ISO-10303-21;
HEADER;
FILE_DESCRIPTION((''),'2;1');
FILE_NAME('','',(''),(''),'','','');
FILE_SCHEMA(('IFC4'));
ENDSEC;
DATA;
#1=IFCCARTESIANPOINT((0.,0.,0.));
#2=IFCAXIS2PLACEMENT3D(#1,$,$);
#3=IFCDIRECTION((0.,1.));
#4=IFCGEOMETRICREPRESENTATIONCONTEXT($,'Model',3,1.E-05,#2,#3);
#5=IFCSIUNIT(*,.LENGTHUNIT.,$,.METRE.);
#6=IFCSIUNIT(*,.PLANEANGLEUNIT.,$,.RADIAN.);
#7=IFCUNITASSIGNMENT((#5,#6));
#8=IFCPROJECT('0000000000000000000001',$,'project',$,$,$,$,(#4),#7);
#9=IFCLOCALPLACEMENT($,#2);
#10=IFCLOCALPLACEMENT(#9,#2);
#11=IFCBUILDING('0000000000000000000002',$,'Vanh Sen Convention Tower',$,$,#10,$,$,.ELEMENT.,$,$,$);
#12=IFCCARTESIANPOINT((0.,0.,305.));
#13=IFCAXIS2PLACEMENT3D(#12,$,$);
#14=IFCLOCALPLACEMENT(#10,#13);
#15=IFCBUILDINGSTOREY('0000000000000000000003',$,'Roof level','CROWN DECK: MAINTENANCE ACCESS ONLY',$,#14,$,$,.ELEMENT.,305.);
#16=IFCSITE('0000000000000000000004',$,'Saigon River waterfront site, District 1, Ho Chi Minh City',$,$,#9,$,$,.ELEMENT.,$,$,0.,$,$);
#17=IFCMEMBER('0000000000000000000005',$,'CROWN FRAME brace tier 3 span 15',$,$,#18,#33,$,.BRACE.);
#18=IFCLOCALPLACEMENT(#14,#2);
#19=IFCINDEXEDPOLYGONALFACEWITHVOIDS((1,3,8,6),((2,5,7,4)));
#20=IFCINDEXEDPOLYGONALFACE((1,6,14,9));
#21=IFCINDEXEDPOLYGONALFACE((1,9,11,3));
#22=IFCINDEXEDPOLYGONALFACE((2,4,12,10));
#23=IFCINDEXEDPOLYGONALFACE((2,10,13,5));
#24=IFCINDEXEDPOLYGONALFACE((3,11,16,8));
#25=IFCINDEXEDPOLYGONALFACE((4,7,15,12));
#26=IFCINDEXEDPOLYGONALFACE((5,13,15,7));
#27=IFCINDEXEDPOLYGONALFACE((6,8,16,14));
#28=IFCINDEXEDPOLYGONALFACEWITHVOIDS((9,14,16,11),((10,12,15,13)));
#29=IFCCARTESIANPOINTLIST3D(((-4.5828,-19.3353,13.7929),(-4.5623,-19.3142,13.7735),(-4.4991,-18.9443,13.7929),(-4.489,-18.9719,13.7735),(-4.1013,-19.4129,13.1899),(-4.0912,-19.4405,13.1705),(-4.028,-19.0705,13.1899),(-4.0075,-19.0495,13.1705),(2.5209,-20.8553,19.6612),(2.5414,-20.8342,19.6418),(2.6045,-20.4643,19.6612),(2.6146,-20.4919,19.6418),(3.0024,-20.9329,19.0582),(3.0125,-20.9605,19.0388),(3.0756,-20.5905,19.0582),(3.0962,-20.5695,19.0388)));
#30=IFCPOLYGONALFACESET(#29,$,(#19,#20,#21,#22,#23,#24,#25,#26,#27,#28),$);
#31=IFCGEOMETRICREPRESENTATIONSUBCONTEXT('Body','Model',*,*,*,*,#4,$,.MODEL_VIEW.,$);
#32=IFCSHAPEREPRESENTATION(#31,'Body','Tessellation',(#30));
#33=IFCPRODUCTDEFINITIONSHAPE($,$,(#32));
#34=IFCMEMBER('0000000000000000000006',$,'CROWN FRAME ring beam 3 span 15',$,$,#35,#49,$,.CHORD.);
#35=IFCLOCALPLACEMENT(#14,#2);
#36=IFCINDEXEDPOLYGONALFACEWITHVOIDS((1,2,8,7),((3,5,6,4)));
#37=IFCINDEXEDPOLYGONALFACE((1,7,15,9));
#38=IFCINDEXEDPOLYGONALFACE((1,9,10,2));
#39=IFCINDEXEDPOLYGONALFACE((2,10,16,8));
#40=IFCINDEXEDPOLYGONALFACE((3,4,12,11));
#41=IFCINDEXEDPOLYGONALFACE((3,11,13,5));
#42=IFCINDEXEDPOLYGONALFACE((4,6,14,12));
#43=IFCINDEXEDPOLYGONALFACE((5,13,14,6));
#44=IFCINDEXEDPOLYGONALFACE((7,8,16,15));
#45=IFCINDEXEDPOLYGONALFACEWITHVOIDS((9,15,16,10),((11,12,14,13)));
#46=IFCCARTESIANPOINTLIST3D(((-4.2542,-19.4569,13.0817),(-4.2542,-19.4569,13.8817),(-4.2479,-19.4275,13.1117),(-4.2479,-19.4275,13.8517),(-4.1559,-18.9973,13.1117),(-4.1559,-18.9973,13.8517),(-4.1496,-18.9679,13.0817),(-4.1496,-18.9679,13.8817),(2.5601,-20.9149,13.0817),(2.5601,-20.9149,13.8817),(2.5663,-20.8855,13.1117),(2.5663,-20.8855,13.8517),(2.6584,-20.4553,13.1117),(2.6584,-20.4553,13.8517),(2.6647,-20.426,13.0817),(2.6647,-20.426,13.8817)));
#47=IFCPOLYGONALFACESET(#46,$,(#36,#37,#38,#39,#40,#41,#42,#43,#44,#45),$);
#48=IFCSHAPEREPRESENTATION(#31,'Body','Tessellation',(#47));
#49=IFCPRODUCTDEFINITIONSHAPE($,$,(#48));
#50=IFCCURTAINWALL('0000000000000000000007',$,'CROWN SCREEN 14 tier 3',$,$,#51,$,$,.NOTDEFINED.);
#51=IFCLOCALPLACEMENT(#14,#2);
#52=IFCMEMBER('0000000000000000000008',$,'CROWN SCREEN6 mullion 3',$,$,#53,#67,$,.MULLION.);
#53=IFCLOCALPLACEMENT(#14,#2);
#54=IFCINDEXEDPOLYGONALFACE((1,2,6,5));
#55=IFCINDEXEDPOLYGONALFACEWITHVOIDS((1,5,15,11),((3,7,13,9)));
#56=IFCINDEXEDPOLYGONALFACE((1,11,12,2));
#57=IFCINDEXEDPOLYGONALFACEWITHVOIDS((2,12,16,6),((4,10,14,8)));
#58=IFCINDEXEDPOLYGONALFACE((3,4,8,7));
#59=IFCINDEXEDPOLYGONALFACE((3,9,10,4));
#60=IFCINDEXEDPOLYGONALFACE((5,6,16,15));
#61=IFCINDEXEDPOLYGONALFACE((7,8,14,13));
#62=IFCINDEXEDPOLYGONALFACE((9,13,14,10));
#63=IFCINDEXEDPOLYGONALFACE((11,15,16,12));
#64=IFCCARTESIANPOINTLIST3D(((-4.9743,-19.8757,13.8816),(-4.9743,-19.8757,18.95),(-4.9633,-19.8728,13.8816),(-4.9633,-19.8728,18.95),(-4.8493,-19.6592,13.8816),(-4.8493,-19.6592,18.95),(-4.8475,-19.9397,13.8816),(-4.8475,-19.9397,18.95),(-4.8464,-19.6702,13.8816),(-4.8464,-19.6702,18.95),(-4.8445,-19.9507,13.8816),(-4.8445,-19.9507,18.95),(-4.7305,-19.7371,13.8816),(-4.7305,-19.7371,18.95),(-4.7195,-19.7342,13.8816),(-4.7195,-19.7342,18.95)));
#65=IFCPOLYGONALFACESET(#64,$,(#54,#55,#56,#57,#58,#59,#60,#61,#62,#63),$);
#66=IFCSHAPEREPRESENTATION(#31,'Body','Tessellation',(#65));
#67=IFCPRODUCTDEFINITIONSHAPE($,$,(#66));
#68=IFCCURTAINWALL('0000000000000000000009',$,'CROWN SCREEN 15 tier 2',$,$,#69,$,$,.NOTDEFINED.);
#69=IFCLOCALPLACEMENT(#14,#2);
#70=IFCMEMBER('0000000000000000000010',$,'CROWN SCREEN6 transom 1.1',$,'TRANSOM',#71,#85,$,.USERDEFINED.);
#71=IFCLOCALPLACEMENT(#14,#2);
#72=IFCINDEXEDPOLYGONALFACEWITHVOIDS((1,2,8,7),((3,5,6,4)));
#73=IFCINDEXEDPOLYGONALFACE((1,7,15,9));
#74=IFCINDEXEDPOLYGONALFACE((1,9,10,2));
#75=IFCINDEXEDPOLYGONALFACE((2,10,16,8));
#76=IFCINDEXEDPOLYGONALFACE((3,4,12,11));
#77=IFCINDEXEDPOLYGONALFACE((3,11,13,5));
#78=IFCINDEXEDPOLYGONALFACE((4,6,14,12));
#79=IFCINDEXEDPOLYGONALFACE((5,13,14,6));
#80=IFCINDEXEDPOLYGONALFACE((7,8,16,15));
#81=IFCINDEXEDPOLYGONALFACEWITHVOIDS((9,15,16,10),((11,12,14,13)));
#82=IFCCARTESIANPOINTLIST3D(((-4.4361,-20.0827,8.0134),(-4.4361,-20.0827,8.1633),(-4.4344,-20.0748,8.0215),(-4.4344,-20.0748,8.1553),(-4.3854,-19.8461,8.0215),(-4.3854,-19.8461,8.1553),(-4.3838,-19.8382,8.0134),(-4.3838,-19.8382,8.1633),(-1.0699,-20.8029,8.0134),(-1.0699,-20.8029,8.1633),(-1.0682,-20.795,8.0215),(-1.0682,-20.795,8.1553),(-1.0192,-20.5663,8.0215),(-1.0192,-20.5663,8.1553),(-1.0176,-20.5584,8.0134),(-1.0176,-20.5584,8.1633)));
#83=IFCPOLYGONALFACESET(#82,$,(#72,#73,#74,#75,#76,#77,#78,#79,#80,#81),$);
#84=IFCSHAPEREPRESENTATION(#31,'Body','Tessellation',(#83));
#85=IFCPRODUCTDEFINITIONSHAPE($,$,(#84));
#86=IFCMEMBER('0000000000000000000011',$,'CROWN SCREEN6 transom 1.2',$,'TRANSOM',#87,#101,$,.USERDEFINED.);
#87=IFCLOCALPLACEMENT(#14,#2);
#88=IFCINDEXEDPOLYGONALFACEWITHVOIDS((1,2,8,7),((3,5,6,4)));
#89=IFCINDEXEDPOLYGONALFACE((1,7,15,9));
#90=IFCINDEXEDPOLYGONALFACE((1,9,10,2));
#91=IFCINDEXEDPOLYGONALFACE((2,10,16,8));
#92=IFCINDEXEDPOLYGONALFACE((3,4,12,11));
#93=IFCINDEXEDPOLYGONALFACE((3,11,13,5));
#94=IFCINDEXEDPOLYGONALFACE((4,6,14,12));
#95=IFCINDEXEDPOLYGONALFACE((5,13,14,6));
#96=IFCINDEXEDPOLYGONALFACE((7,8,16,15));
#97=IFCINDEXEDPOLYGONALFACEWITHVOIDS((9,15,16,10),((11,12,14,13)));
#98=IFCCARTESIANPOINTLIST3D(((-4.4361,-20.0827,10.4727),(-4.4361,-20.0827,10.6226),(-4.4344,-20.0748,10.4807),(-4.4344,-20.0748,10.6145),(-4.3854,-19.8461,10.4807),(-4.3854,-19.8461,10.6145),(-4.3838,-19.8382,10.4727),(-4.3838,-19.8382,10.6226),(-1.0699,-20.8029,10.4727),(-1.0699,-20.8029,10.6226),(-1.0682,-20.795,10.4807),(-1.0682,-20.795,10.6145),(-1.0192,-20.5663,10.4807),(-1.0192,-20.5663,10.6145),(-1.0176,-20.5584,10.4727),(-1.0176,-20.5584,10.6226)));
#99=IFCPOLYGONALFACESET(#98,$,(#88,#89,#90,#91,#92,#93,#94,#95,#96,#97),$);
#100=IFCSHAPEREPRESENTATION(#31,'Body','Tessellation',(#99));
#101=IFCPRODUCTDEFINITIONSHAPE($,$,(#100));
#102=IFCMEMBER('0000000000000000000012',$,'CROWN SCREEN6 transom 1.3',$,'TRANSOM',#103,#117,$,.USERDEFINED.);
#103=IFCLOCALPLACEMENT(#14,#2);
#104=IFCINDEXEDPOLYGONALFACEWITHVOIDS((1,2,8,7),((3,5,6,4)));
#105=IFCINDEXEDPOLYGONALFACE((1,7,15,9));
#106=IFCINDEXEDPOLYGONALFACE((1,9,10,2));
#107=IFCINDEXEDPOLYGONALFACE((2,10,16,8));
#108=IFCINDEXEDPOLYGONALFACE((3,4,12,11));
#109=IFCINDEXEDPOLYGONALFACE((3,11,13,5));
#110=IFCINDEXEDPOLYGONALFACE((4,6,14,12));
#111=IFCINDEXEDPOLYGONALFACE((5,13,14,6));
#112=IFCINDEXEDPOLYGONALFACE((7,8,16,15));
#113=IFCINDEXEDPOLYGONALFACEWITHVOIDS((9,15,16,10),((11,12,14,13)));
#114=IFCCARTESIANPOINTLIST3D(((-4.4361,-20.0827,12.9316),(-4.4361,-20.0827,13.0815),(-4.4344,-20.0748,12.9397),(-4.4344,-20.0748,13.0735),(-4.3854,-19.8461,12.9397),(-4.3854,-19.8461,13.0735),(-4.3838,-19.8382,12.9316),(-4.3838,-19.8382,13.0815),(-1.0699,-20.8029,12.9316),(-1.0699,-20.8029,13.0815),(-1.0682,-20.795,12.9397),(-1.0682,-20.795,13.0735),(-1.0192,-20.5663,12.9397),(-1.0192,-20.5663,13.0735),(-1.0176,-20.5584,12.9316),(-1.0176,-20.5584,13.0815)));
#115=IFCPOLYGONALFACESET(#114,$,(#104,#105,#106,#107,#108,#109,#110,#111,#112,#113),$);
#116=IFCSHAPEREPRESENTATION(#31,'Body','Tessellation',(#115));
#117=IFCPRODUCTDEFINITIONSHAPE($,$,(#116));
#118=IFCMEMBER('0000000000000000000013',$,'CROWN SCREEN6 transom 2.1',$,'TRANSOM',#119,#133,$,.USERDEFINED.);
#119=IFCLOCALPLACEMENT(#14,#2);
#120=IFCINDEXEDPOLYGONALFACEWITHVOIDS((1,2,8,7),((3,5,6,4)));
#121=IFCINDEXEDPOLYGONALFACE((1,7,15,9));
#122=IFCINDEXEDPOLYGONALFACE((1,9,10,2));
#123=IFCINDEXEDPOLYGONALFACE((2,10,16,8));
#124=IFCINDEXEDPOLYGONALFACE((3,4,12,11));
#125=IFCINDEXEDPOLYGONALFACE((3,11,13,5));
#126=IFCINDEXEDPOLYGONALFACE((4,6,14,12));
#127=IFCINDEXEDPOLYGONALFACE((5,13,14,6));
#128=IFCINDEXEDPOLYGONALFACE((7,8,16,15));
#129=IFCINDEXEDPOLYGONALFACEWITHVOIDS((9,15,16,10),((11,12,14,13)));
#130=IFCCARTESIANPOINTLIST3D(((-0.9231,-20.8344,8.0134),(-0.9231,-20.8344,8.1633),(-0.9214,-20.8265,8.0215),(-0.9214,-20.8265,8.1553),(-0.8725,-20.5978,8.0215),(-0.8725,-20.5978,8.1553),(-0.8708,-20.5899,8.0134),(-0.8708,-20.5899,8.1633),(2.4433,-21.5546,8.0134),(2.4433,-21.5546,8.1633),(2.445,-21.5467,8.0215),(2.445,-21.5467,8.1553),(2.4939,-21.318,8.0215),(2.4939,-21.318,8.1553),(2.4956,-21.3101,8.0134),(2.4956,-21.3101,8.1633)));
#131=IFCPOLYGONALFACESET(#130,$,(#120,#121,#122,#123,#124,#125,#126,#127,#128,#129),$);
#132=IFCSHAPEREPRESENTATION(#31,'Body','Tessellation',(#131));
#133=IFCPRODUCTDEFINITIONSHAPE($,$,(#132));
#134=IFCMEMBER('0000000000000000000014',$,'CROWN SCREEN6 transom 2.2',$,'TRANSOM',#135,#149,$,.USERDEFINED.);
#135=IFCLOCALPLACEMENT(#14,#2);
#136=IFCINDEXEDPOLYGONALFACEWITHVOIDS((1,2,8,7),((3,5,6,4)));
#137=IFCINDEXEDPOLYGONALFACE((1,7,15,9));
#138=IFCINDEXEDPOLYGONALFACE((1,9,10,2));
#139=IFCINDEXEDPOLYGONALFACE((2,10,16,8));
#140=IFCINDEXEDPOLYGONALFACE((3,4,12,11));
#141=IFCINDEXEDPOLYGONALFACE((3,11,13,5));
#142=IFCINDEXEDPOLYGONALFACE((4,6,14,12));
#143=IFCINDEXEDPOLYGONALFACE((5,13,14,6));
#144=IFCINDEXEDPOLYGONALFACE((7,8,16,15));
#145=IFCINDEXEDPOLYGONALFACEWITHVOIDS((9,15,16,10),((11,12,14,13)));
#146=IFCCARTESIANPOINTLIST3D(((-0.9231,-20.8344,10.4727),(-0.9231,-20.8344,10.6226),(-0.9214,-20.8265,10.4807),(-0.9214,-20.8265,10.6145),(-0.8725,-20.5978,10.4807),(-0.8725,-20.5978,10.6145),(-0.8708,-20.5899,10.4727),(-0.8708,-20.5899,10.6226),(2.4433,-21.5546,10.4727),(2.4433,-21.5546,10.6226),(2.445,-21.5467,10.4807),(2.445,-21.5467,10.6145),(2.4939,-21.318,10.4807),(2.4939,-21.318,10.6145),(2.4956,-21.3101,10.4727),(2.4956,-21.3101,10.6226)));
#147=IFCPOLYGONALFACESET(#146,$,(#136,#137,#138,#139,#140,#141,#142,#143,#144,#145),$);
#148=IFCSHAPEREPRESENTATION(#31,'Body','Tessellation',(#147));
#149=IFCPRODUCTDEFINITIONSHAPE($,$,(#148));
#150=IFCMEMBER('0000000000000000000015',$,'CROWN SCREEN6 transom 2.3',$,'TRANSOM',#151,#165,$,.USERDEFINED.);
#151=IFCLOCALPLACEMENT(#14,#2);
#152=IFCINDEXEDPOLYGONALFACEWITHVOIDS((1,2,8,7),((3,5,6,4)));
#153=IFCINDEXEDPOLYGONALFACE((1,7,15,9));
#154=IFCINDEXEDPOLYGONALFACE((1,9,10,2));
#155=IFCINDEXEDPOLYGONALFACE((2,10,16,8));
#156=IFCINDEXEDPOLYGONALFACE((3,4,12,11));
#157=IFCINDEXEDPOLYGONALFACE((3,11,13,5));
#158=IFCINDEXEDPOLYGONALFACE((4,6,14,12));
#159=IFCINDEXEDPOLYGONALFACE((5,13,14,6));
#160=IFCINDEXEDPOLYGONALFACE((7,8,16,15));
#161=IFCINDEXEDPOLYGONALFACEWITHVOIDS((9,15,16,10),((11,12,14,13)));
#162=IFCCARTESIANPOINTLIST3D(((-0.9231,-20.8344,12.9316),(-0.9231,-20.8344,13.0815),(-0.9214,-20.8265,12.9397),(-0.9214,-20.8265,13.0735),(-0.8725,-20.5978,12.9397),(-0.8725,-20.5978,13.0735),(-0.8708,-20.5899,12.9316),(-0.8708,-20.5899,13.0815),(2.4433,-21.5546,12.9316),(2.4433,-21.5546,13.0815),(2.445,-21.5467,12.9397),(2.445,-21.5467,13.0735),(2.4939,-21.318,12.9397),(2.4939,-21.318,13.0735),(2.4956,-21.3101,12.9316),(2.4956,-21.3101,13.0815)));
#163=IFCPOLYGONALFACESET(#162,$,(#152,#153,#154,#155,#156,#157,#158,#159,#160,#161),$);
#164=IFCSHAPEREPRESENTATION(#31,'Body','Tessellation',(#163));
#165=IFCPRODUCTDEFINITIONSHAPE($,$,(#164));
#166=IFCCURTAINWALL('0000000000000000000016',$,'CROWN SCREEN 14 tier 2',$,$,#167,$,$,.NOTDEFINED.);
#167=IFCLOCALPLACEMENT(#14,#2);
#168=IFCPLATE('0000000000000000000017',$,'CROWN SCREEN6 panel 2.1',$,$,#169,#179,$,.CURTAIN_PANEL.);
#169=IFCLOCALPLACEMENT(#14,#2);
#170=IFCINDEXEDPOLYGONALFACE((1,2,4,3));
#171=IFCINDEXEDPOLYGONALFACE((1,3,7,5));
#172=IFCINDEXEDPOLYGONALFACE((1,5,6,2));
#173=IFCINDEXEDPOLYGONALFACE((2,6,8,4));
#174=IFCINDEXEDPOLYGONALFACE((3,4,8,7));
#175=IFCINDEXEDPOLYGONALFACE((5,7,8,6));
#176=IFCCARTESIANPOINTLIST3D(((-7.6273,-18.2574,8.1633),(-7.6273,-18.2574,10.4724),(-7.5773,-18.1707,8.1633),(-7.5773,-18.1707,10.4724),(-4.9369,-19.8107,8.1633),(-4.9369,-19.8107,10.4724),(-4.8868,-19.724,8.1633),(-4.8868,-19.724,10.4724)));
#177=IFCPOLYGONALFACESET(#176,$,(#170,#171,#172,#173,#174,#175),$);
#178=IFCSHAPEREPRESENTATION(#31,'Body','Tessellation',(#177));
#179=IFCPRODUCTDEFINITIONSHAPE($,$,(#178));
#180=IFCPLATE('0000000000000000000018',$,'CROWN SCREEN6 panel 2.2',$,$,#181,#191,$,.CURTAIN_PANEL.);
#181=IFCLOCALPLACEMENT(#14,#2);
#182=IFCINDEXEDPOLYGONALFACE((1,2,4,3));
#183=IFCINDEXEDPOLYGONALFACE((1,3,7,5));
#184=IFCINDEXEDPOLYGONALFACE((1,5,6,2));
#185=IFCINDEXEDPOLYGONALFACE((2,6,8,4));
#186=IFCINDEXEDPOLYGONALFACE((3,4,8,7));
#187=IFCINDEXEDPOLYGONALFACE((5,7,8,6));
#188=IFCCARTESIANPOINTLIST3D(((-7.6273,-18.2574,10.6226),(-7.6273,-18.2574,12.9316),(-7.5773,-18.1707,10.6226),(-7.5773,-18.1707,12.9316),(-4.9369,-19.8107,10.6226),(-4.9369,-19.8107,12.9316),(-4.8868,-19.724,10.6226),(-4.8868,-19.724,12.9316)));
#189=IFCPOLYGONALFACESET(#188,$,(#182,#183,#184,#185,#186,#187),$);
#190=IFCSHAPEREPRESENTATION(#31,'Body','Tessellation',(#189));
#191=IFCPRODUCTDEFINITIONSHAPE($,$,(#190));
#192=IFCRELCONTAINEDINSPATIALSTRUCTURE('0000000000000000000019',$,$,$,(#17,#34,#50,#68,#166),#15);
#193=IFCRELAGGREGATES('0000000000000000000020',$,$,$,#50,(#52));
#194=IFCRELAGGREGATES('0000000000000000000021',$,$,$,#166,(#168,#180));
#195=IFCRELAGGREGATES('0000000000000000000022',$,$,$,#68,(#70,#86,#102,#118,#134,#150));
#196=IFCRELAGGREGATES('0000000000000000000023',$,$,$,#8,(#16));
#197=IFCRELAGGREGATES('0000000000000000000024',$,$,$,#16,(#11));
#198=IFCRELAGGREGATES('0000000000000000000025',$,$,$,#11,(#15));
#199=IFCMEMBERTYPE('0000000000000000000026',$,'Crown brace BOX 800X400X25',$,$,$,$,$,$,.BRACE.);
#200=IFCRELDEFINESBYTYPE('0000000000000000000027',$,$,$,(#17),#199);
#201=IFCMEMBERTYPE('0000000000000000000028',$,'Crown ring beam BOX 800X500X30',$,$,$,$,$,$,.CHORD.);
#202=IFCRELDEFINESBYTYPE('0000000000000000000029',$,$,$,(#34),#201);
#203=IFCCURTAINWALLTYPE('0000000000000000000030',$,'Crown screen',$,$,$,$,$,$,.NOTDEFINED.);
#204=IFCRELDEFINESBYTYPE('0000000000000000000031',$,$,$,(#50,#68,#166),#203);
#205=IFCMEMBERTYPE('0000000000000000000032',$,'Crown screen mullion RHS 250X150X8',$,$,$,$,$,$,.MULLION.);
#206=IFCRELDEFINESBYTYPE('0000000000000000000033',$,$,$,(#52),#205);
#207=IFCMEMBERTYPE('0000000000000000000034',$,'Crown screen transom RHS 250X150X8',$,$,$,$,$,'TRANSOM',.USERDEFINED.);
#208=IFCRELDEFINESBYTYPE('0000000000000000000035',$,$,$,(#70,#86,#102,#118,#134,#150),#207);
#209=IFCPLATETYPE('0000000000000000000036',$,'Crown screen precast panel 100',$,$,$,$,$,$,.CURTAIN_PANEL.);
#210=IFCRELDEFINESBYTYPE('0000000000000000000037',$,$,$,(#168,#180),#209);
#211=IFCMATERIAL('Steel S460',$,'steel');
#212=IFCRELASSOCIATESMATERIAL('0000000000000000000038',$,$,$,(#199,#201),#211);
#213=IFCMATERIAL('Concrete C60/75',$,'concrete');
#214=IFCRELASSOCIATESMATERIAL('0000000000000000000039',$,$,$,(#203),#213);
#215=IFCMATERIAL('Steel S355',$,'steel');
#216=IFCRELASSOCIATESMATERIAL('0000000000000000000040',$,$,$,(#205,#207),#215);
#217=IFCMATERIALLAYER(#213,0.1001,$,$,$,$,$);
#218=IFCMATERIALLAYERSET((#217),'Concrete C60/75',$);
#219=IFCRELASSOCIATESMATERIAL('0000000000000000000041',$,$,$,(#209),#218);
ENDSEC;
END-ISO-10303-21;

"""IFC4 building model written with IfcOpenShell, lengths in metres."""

from ifc_helpers import new_model, si_unit, direction, frame, origin, origin_2d, place, context, subcontext, project, spatial, rectangle, hollow_rectangle, extrude, material, layer, layer_set, material_profile, profile_set, type_object, element, aggregate, save


model = new_model("IFC4")

# Units and contexts
model_context = context("Model", 3, precision=1e-05, world=origin(), true_north=direction((0.0, 1.0)))
body_context = subcontext(model_context, "Body", "Model", "MODEL_VIEW")
ifc_project = project(units=[si_unit("LENGTHUNIT", "METRE"), si_unit("PLANEANGLEUNIT", "RADIAN")], contexts=[model_context])

# Site, building, storey
site_placement = place(None, origin())
site = spatial("IfcSite", under=ifc_project, at=site_placement, Name="Saigon River waterfront site, District 1, Ho Chi Minh City", CompositionType="ELEMENT", RefElevation=0.0)
building_placement = place(site_placement, origin())
building = spatial("IfcBuilding", under=site, at=building_placement, Name="Vanh Sen Convention Tower", CompositionType="ELEMENT")
storey_placement = place(building_placement, frame((0.0, 0.0, 305.0)))
storey = spatial("IfcBuildingStorey", under=building, at=storey_placement, Name="Roof level", Description="CROWN DECK: MAINTENANCE ACCESS ONLY", CompositionType="ELEMENT", Elevation=305.0)

# Members
ifc_material_1 = material(Name="Steel S460", Category="steel")
ifc_material_profile_1 = material_profile(ifc_material_1, hollow_rectangle(XDim=0.3999, YDim=0.8, WallThickness=0.0249, at=origin_2d()), Name="BOX 800X400X25")
ifc_profile_set_1 = profile_set([ifc_material_profile_1], Name="Steel S460")
member_type_1 = type_object("IfcMemberType", Name="Crown brace BOX 800X400X25", PredefinedType="BRACE", material=ifc_profile_set_1)
member_1_placement = place(storey_placement, frame((-4.2952, -19.1924, 13.4817), z_axis=(0.760676, -0.162765, 0.628394), x_axis=(0.209238, 0.977865, 0.0)))
element("IfcMember", 1, at=member_1_placement, inside=storey, type_object=member_type_1, Name="CROWN FRAME brace tier 3 span 15", PredefinedType="BRACE", context=body_context, shape_type="SweptSolid", body=[
    extrude(hollow_rectangle(XDim=0.3999, YDim=0.8, WallThickness=0.0249, at=origin_2d()), origin(), (0.0, 0.0, 1.0), 9.3386),
])
ifc_material_profile_2 = material_profile(ifc_material_1, hollow_rectangle(XDim=0.5, YDim=0.8, WallThickness=0.03, at=origin_2d()), Name="BOX 800X500X30")
ifc_profile_set_2 = profile_set([ifc_material_profile_2], Name="Steel S460")
member_type_2 = type_object("IfcMemberType", Name="Crown ring beam BOX 800X500X30", PredefinedType="CHORD", material=ifc_profile_set_2)
member_2_placement = place(storey_placement, frame((-4.2019, -19.2124, 13.4817), z_axis=(0.977866, -0.20923, 0.0), x_axis=(0.20923, 0.977866, 0.0)))
element("IfcMember", 2, at=member_2_placement, inside=storey, type_object=member_type_2, Name="CROWN FRAME ring beam 3 span 15", PredefinedType="CHORD", context=body_context, shape_type="SweptSolid", body=[
    extrude(hollow_rectangle(XDim=0.5, YDim=0.8, WallThickness=0.03, at=origin_2d()), origin(), (0.0, 0.0, 1.0), 6.9685),
])

# Curtain wall, member
ifc_material_2 = material(Name="Concrete C60/75", Category="concrete")
curtain_wall_type = type_object("IfcCurtainWallType", Name="Crown screen", PredefinedType="NOTDEFINED", material=ifc_material_2)
curtain_wall_1_placement = place(storey_placement, origin())
curtain_wall_1 = element("IfcCurtainWall", 3, at=curtain_wall_1_placement, inside=storey, type_object=curtain_wall_type, Name="CROWN SCREEN 14 tier 3", PredefinedType="NOTDEFINED")
ifc_material_3 = material(Name="Steel S355", Category="steel")
ifc_material_profile_3 = material_profile(ifc_material_3, hollow_rectangle(XDim=0.25, YDim=0.1499, WallThickness=0.0081, at=origin_2d()), Name="RHS 250X150X8")
ifc_profile_set_3 = profile_set([ifc_material_profile_3], Name="Steel S355")
member_type_3 = type_object("IfcMemberType", Name="Crown screen mullion RHS 250X150X8", PredefinedType="MULLION", material=ifc_profile_set_3)
member_3_placement = place(storey_placement, frame((-4.8469, -19.8049, 13.8816), z_axis=(0.0, 0.0, 1.0), x_axis=(0.499994, 0.866029, 0.0)))
member_3 = element("IfcMember", 4, at=member_3_placement, type_object=member_type_3, Name="CROWN SCREEN6 mullion 3", PredefinedType="MULLION", context=body_context, shape_type="SweptSolid", body=[
    extrude(hollow_rectangle(XDim=0.25, YDim=0.1499, WallThickness=0.0081, at=origin_2d()), origin(), (0.0, 0.0, 1.0), 5.0684),
])
aggregate(curtain_wall_1, [member_3])

# Curtain wall, members
curtain_wall_2_placement = place(storey_placement, origin())
curtain_wall_2 = element("IfcCurtainWall", 5, at=curtain_wall_2_placement, inside=storey, type_object=curtain_wall_type, Name="CROWN SCREEN 15 tier 2", PredefinedType="NOTDEFINED")
ifc_material_profile_4 = material_profile(ifc_material_3, hollow_rectangle(XDim=0.25, YDim=0.1499, WallThickness=0.0081, at=origin_2d()), Name="RHS 250X150X8")
ifc_profile_set_4 = profile_set([ifc_material_profile_4], Name="Steel S355")
member_type_4 = type_object("IfcMemberType", Name="Crown screen transom RHS 250X150X8", ElementType="TRANSOM", PredefinedType="USERDEFINED", material=ifc_profile_set_4)
member_4_placement = place(storey_placement, frame((-4.4099, -19.9604, 8.0884), z_axis=(0.977869, -0.209219, 0.0), x_axis=(0.209219, 0.977869, 0.0)))
member_4 = element("IfcMember", 6, at=member_4_placement, type_object=member_type_4, Name="CROWN SCREEN6 transom 1.1", ObjectType="TRANSOM", PredefinedType="USERDEFINED", context=body_context, shape_type="SweptSolid", body=[
    extrude(hollow_rectangle(XDim=0.25, YDim=0.1499, WallThickness=0.0081, at=origin_2d()), origin(), (0.0, 0.0, 1.0), 3.4424),
])
member_5_placement = place(storey_placement, frame((-4.4099, -19.9604, 10.5476), z_axis=(0.977869, -0.209219, 0.0), x_axis=(0.209219, 0.977869, 0.0)))
member_5 = element("IfcMember", 7, at=member_5_placement, type_object=member_type_4, Name="CROWN SCREEN6 transom 1.2", ObjectType="TRANSOM", PredefinedType="USERDEFINED", context=body_context, shape_type="SweptSolid", body=[
    extrude(hollow_rectangle(XDim=0.25, YDim=0.1499, WallThickness=0.0081, at=origin_2d()), origin(), (0.0, 0.0, 1.0), 3.4424),
])
member_6_placement = place(storey_placement, frame((-4.4099, -19.9604, 13.0066), z_axis=(0.977869, -0.209219, 0.0), x_axis=(0.209219, 0.977869, 0.0)))
member_6 = element("IfcMember", 8, at=member_6_placement, type_object=member_type_4, Name="CROWN SCREEN6 transom 1.3", ObjectType="TRANSOM", PredefinedType="USERDEFINED", context=body_context, shape_type="SweptSolid", body=[
    extrude(hollow_rectangle(XDim=0.25, YDim=0.1499, WallThickness=0.0081, at=origin_2d()), origin(), (0.0, 0.0, 1.0), 3.4424),
])
member_7_placement = place(storey_placement, frame((-0.897, -20.7122, 8.0884), z_axis=(0.977872, -0.209205, 0.0), x_axis=(0.209205, 0.977872, 0.0)))
member_7 = element("IfcMember", 9, at=member_7_placement, type_object=member_type_4, Name="CROWN SCREEN6 transom 2.1", ObjectType="TRANSOM", PredefinedType="USERDEFINED", context=body_context, shape_type="SweptSolid", body=[
    extrude(hollow_rectangle(XDim=0.25, YDim=0.1499, WallThickness=0.0081, at=origin_2d()), origin(), (0.0, 0.0, 1.0), 3.4426),
])
member_8_placement = place(storey_placement, frame((-0.897, -20.7122, 10.5476), z_axis=(0.977872, -0.209205, 0.0), x_axis=(0.209205, 0.977872, 0.0)))
member_8 = element("IfcMember", 10, at=member_8_placement, type_object=member_type_4, Name="CROWN SCREEN6 transom 2.2", ObjectType="TRANSOM", PredefinedType="USERDEFINED", context=body_context, shape_type="SweptSolid", body=[
    extrude(hollow_rectangle(XDim=0.25, YDim=0.1499, WallThickness=0.0081, at=origin_2d()), origin(), (0.0, 0.0, 1.0), 3.4426),
])
member_9_placement = place(storey_placement, frame((-0.897, -20.7122, 13.0066), z_axis=(0.977872, -0.209205, 0.0), x_axis=(0.209205, 0.977872, 0.0)))
member_9 = element("IfcMember", 11, at=member_9_placement, type_object=member_type_4, Name="CROWN SCREEN6 transom 2.3", ObjectType="TRANSOM", PredefinedType="USERDEFINED", context=body_context, shape_type="SweptSolid", body=[
    extrude(hollow_rectangle(XDim=0.25, YDim=0.1499, WallThickness=0.0081, at=origin_2d()), origin(), (0.0, 0.0, 1.0), 3.4426),
])

# Curtain wall, plates
curtain_wall_3_placement = place(storey_placement, origin())
curtain_wall_3 = element("IfcCurtainWall", 12, at=curtain_wall_3_placement, inside=storey, type_object=curtain_wall_type, Name="CROWN SCREEN 14 tier 2", PredefinedType="NOTDEFINED")
ifc_layer_1 = layer(ifc_material_2, 0.1001)
ifc_layer_set_1 = layer_set([ifc_layer_1], Name="Concrete C60/75")
plate_type = type_object("IfcPlateType", Name="Crown screen precast panel 100", PredefinedType="CURTAIN_PANEL", material=ifc_layer_set_1)
plate_1_placement = place(storey_placement, frame((-6.2571, -18.9907, 8.1633), z_axis=(0.0, 0.0, 1.0), x_axis=(0.866029, -0.499994, 0.0)))
plate_1 = element("IfcPlate", 13, at=plate_1_placement, type_object=plate_type, Name="CROWN SCREEN6 panel 2.1", PredefinedType="CURTAIN_PANEL", context=body_context, shape_type="SweptSolid", body=[
    extrude(rectangle(XDim=3.1067, YDim=0.1001, at=origin_2d()), origin(), (0.0, 0.0, 1.0), 2.3091),
])
plate_2_placement = place(storey_placement, frame((-6.2571, -18.9907, 10.6226), z_axis=(0.0, 0.0, 1.0), x_axis=(0.866029, -0.499994, 0.0)))
plate_2 = element("IfcPlate", 14, at=plate_2_placement, type_object=plate_type, Name="CROWN SCREEN6 panel 2.2", PredefinedType="CURTAIN_PANEL", context=body_context, shape_type="SweptSolid", body=[
    extrude(rectangle(XDim=3.1067, YDim=0.1001, at=origin_2d()), origin(), (0.0, 0.0, 1.0), 2.3091),
])
aggregate(curtain_wall_3, [plate_1, plate_2])

aggregate(curtain_wall_2, [member_4, member_5, member_6, member_7, member_8, member_9])

save(model, "model.ifc")
